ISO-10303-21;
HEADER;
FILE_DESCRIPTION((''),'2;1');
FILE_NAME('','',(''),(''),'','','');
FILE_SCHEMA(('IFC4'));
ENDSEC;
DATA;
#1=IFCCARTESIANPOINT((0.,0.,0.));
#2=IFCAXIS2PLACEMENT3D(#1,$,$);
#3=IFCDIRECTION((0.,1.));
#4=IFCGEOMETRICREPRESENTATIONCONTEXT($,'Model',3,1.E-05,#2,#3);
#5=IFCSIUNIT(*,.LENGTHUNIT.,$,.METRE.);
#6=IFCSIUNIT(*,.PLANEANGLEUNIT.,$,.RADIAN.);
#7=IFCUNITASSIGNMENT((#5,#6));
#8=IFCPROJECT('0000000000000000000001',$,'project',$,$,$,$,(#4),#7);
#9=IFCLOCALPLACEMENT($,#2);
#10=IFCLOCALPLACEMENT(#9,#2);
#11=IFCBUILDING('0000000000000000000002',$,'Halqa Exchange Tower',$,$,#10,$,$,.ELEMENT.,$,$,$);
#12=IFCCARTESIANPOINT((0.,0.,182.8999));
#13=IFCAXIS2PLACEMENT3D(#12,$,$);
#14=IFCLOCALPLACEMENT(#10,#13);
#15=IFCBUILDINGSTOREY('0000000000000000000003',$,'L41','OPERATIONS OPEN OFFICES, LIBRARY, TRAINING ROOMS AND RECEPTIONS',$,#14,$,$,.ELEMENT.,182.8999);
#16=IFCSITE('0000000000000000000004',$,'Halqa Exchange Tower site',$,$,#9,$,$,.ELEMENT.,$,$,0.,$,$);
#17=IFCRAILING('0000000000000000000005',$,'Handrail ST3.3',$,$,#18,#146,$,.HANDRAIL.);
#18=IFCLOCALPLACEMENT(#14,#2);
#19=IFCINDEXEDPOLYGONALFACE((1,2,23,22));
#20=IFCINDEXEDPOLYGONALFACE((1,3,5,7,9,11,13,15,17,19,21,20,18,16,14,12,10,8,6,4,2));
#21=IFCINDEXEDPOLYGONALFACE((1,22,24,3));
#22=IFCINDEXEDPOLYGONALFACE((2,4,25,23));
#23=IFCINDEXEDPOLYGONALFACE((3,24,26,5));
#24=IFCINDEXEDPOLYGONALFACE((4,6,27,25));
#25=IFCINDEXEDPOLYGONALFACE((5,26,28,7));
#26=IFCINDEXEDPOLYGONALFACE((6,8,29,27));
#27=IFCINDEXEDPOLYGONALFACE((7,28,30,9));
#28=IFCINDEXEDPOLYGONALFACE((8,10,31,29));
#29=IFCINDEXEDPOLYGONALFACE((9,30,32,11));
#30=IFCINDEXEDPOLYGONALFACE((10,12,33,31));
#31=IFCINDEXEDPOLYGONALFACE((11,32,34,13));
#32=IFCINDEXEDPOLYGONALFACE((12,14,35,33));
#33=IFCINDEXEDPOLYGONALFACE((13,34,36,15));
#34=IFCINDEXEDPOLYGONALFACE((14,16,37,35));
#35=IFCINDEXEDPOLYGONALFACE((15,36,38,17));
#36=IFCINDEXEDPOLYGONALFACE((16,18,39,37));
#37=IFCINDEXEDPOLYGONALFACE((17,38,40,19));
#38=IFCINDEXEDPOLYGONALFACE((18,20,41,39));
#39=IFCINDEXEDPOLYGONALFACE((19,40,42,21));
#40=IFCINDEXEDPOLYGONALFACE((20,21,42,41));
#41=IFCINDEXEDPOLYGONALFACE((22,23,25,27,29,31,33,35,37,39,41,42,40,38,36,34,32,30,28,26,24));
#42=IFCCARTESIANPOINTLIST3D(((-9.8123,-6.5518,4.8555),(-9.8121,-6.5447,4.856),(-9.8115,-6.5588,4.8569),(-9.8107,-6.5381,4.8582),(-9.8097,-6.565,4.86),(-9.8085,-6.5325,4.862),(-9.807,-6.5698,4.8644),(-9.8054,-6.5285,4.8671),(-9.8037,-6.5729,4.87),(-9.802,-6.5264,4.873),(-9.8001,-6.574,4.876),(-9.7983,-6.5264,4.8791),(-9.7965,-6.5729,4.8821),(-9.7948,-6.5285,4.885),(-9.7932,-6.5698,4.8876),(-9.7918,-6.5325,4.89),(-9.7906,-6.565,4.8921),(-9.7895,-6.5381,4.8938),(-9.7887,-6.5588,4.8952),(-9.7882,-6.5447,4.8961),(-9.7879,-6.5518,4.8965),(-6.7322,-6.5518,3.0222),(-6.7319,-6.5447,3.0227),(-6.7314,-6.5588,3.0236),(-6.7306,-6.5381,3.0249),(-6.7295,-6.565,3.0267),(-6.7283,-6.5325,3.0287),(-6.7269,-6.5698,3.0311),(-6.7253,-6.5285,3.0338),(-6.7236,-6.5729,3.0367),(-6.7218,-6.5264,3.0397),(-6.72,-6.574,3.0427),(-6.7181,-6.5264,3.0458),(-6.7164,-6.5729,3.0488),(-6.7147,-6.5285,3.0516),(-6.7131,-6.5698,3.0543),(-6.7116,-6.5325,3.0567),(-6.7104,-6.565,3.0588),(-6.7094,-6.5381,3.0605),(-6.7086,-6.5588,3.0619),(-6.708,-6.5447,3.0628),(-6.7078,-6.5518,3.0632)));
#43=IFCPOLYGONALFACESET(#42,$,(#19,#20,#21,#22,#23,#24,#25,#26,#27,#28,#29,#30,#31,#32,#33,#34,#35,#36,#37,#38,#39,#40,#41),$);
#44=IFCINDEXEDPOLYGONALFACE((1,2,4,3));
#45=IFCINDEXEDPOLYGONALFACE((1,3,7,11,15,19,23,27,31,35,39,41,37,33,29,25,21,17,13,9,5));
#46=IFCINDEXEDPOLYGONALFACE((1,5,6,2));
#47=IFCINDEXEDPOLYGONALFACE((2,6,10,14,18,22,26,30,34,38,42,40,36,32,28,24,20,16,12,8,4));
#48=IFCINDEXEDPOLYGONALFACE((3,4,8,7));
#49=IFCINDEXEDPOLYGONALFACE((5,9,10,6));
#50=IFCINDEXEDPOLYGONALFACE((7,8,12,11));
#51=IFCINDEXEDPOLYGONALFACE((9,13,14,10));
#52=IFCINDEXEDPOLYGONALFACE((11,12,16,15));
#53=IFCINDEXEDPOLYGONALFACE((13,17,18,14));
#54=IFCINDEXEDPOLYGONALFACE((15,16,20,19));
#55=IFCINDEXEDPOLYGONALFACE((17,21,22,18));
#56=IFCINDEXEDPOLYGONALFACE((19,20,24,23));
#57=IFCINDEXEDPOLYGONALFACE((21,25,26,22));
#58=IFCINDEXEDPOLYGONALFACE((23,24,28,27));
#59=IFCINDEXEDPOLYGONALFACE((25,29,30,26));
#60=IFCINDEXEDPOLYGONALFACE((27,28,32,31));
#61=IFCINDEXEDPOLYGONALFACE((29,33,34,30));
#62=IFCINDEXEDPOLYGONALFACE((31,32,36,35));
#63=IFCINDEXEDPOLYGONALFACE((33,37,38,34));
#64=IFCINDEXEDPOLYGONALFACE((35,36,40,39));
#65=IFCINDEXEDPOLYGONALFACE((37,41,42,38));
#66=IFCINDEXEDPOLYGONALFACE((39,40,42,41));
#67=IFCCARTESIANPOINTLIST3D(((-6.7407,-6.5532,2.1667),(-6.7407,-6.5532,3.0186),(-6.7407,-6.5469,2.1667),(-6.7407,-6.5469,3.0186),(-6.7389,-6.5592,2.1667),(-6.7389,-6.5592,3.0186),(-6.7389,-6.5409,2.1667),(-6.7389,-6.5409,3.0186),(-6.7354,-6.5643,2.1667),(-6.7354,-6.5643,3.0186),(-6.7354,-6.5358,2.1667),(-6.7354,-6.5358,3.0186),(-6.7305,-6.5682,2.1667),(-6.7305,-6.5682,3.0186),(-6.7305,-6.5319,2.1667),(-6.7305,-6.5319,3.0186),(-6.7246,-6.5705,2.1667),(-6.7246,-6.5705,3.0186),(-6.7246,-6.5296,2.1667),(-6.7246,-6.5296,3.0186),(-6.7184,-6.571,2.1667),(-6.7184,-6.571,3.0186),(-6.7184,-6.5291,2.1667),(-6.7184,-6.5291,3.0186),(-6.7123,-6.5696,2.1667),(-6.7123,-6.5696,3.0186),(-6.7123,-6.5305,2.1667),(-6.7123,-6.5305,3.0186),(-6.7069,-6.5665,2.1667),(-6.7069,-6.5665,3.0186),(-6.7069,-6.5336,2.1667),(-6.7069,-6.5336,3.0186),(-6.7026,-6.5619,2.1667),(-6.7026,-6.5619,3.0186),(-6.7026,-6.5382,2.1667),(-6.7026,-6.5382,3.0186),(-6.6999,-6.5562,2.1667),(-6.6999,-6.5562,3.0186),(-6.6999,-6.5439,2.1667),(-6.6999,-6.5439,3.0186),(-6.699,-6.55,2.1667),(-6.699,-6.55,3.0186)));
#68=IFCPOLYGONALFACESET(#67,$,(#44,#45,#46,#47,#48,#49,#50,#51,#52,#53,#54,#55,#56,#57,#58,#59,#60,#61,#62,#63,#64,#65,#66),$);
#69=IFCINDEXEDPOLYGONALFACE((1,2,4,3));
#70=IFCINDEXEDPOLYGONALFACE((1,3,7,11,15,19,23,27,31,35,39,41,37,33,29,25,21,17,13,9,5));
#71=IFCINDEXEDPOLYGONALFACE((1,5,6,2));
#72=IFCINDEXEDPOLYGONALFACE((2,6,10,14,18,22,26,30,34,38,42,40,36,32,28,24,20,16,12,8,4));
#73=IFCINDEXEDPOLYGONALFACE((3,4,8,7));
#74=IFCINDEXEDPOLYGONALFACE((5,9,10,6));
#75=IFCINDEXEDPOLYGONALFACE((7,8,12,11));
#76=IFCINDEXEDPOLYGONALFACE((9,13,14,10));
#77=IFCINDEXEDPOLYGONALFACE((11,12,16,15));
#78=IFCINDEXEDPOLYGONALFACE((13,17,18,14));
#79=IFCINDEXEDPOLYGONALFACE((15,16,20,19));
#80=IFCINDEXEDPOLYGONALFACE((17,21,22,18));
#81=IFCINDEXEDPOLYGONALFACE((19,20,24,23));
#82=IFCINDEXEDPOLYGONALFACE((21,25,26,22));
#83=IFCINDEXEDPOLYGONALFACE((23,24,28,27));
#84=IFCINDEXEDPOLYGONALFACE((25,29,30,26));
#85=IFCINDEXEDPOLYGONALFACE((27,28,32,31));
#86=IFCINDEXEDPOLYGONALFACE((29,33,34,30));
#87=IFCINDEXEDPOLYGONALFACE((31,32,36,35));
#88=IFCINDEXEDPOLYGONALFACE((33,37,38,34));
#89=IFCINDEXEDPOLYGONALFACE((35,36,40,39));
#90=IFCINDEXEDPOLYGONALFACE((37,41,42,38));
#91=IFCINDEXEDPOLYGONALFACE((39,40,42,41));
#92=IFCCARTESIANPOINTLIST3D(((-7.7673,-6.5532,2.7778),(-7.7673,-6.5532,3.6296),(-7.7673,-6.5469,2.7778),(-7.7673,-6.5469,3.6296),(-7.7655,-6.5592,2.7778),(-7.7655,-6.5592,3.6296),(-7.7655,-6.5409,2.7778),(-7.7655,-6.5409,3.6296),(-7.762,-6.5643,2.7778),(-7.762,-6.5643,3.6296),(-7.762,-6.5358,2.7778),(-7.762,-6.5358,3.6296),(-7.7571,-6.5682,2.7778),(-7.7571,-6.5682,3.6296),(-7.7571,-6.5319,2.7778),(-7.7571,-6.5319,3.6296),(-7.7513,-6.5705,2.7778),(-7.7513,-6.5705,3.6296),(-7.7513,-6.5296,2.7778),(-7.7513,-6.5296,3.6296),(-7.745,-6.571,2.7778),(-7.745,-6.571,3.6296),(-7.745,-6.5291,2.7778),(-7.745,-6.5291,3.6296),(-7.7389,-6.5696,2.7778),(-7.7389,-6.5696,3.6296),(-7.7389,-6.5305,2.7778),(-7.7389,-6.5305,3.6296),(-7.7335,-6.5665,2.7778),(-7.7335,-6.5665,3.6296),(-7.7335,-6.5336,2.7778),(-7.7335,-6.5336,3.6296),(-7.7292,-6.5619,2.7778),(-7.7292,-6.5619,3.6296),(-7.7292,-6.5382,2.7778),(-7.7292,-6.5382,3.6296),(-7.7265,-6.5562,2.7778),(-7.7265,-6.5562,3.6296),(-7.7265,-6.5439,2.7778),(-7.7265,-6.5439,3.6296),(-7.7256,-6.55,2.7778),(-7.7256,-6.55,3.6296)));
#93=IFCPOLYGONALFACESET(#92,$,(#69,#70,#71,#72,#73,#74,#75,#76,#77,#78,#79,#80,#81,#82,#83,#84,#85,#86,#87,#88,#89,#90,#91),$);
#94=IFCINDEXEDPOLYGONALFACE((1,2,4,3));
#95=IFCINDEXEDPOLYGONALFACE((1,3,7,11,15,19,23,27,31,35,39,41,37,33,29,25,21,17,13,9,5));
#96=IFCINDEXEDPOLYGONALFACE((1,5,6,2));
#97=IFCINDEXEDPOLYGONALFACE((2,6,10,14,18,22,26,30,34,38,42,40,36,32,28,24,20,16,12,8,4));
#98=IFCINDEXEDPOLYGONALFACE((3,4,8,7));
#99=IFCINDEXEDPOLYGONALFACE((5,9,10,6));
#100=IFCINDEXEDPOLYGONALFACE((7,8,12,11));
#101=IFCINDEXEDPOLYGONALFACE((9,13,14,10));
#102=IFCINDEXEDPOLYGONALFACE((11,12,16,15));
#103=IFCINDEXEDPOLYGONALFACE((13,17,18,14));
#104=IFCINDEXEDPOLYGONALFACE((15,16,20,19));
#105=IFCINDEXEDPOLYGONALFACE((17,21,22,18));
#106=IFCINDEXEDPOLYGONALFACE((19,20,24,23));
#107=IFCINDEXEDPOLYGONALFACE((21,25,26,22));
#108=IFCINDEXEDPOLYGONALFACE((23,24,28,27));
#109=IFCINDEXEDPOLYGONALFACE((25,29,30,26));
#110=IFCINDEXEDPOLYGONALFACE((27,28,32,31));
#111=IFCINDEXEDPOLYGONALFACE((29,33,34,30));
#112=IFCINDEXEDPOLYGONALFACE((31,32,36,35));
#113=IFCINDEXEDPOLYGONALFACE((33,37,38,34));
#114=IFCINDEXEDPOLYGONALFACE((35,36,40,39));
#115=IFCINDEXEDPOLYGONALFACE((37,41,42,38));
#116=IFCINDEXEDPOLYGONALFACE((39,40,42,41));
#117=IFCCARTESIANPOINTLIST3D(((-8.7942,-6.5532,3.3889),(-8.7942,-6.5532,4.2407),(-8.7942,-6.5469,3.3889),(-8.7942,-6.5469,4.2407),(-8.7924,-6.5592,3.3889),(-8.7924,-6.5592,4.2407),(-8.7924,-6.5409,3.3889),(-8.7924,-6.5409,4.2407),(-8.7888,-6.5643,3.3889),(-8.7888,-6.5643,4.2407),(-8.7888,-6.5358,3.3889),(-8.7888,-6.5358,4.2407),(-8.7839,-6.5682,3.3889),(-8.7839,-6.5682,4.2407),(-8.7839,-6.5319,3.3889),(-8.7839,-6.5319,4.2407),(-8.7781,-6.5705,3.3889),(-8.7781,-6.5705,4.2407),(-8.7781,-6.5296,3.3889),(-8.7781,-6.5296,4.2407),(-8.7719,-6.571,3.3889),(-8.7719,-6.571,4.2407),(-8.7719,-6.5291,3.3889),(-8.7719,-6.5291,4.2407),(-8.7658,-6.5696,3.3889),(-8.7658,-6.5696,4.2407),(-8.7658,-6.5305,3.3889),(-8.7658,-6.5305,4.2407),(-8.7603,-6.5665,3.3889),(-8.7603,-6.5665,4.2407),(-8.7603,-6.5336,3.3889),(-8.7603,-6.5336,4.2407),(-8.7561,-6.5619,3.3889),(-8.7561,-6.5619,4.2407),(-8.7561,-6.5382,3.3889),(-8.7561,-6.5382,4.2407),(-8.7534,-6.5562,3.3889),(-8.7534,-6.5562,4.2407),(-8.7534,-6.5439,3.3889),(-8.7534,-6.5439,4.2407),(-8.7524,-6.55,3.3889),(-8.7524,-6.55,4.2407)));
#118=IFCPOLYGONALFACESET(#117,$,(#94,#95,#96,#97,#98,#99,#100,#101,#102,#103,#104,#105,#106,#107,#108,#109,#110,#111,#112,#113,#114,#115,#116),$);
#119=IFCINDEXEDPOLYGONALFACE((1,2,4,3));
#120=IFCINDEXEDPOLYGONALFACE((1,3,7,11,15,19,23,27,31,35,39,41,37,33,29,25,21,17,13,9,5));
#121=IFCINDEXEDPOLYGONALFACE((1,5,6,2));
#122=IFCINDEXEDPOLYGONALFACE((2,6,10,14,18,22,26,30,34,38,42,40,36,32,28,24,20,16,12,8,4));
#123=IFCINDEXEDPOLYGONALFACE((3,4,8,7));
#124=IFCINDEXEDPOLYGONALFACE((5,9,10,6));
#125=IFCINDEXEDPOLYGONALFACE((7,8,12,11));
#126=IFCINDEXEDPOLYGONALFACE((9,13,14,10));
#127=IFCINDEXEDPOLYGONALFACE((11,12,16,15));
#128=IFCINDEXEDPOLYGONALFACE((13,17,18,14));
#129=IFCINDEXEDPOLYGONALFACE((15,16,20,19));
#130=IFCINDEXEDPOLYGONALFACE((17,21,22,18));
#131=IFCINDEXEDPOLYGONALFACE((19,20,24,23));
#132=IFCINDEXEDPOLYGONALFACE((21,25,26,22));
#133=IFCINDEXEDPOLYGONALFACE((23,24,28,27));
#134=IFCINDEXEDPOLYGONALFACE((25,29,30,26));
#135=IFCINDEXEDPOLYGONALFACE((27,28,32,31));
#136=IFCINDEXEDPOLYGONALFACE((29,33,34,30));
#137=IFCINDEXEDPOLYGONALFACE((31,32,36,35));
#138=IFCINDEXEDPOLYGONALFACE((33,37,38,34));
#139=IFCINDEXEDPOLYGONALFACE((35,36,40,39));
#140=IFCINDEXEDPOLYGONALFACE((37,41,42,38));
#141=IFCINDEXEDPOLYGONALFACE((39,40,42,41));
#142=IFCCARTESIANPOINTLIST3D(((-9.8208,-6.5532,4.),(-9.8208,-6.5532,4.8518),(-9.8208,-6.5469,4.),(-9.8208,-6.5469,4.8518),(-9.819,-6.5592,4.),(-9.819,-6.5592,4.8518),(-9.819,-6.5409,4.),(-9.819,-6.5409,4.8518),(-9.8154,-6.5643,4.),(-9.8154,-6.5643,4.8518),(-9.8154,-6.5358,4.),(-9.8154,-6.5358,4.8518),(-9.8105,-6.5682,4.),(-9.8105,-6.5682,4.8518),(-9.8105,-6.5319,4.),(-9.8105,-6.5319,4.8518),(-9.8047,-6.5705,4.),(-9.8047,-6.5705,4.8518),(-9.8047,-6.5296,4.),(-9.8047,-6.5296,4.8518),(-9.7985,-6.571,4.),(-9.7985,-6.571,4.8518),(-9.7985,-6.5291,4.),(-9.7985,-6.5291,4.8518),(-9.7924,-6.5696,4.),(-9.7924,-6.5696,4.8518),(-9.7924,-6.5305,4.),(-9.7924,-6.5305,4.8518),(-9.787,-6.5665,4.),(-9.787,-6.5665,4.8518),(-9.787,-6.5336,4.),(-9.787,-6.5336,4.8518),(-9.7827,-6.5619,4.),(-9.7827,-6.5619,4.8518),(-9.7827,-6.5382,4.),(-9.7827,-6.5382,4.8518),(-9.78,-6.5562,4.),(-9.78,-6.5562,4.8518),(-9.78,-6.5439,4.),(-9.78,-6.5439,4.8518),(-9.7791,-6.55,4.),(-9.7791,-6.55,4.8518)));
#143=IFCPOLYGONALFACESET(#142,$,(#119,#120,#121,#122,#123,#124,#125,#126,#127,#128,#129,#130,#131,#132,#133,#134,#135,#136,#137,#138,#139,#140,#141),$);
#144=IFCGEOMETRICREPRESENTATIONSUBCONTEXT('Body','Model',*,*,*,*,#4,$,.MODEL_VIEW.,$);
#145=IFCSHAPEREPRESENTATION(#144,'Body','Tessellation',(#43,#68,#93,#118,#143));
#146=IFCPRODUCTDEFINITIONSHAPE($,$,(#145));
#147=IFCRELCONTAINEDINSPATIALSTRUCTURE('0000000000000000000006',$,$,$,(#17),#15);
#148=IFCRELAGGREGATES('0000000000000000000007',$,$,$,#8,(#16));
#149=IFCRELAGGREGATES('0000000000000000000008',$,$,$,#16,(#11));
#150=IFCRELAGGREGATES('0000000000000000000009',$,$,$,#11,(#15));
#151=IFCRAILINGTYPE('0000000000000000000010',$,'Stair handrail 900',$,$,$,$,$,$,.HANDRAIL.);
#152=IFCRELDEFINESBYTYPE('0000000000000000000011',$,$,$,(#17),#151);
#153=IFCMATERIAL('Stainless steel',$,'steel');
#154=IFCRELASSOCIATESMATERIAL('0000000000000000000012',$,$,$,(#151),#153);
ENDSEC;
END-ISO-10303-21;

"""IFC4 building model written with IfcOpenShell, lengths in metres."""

from ifc_helpers import new_model, si_unit, direction, frame, origin, origin_2d, place, context, subcontext, project, spatial, circle, extrude, material, type_object, element, save


model = new_model("IFC4")

# Units and contexts
model_context = context("Model", 3, precision=1e-05, world=origin(), true_north=direction((0.0, 1.0)))
body_context = subcontext(model_context, "Body", "Model", "MODEL_VIEW")
ifc_project = project(units=[si_unit("LENGTHUNIT", "METRE"), si_unit("PLANEANGLEUNIT", "RADIAN")], contexts=[model_context])

# Site, building, storey
site_placement = place(None, origin())
site = spatial("IfcSite", under=ifc_project, at=site_placement, Name="Halqa Exchange Tower site", CompositionType="ELEMENT", RefElevation=0.0)
building_placement = place(site_placement, origin())
building = spatial("IfcBuilding", under=site, at=building_placement, Name="Halqa Exchange Tower", CompositionType="ELEMENT")
storey_placement = place(building_placement, frame((0.0, 0.0, 182.8999)))
storey = spatial("IfcBuildingStorey", under=building, at=storey_placement, Name="L41", Description="OPERATIONS OPEN OFFICES, LIBRARY, TRAINING ROOMS AND RECEPTIONS", CompositionType="ELEMENT", Elevation=182.8999)

# Shared definitions
ifc_material_1 = material(Name="Stainless steel", Category="steel")

# Railing
railing_type_1 = type_object("IfcRailingType", Name="Stair handrail 900", PredefinedType="HANDRAIL", material=ifc_material_1)
railing_1_placement = place(storey_placement, frame((-6.72, -6.55, 2.1667)))
element("IfcRailing", 1, at=railing_1_placement, inside=storey, type_object=railing_type_1, Name="Handrail ST3.3", PredefinedType="HANDRAIL", context=body_context, shape_type="SweptSolid", body=[
    extrude(circle(Radius=0.0239, at=origin_2d()), frame((0.0, 0.0, 0.876), z_axis=(-0.859309, 0.0, 0.511458), x_axis=(0.0, -1.0, 0.0)), (0.0, 0.0, 1.0), 3.5845),
    extrude(circle(Radius=0.021, at=origin_2d()), origin(), (0.0, 0.0, 1.0), 0.8518),
    extrude(circle(Radius=0.021, at=origin_2d()), frame((-1.0266, 0.0, 0.6111)), (0.0, 0.0, 1.0), 0.8518),
    extrude(circle(Radius=0.021, at=origin_2d()), frame((-2.0535, 0.0, 1.2222)), (0.0, 0.0, 1.0), 0.8518),
    extrude(circle(Radius=0.021, at=origin_2d()), frame((-3.0801, 0.0, 1.8333)), (0.0, 0.0, 1.0), 0.8518),
])

save(model, "model.ifc")
